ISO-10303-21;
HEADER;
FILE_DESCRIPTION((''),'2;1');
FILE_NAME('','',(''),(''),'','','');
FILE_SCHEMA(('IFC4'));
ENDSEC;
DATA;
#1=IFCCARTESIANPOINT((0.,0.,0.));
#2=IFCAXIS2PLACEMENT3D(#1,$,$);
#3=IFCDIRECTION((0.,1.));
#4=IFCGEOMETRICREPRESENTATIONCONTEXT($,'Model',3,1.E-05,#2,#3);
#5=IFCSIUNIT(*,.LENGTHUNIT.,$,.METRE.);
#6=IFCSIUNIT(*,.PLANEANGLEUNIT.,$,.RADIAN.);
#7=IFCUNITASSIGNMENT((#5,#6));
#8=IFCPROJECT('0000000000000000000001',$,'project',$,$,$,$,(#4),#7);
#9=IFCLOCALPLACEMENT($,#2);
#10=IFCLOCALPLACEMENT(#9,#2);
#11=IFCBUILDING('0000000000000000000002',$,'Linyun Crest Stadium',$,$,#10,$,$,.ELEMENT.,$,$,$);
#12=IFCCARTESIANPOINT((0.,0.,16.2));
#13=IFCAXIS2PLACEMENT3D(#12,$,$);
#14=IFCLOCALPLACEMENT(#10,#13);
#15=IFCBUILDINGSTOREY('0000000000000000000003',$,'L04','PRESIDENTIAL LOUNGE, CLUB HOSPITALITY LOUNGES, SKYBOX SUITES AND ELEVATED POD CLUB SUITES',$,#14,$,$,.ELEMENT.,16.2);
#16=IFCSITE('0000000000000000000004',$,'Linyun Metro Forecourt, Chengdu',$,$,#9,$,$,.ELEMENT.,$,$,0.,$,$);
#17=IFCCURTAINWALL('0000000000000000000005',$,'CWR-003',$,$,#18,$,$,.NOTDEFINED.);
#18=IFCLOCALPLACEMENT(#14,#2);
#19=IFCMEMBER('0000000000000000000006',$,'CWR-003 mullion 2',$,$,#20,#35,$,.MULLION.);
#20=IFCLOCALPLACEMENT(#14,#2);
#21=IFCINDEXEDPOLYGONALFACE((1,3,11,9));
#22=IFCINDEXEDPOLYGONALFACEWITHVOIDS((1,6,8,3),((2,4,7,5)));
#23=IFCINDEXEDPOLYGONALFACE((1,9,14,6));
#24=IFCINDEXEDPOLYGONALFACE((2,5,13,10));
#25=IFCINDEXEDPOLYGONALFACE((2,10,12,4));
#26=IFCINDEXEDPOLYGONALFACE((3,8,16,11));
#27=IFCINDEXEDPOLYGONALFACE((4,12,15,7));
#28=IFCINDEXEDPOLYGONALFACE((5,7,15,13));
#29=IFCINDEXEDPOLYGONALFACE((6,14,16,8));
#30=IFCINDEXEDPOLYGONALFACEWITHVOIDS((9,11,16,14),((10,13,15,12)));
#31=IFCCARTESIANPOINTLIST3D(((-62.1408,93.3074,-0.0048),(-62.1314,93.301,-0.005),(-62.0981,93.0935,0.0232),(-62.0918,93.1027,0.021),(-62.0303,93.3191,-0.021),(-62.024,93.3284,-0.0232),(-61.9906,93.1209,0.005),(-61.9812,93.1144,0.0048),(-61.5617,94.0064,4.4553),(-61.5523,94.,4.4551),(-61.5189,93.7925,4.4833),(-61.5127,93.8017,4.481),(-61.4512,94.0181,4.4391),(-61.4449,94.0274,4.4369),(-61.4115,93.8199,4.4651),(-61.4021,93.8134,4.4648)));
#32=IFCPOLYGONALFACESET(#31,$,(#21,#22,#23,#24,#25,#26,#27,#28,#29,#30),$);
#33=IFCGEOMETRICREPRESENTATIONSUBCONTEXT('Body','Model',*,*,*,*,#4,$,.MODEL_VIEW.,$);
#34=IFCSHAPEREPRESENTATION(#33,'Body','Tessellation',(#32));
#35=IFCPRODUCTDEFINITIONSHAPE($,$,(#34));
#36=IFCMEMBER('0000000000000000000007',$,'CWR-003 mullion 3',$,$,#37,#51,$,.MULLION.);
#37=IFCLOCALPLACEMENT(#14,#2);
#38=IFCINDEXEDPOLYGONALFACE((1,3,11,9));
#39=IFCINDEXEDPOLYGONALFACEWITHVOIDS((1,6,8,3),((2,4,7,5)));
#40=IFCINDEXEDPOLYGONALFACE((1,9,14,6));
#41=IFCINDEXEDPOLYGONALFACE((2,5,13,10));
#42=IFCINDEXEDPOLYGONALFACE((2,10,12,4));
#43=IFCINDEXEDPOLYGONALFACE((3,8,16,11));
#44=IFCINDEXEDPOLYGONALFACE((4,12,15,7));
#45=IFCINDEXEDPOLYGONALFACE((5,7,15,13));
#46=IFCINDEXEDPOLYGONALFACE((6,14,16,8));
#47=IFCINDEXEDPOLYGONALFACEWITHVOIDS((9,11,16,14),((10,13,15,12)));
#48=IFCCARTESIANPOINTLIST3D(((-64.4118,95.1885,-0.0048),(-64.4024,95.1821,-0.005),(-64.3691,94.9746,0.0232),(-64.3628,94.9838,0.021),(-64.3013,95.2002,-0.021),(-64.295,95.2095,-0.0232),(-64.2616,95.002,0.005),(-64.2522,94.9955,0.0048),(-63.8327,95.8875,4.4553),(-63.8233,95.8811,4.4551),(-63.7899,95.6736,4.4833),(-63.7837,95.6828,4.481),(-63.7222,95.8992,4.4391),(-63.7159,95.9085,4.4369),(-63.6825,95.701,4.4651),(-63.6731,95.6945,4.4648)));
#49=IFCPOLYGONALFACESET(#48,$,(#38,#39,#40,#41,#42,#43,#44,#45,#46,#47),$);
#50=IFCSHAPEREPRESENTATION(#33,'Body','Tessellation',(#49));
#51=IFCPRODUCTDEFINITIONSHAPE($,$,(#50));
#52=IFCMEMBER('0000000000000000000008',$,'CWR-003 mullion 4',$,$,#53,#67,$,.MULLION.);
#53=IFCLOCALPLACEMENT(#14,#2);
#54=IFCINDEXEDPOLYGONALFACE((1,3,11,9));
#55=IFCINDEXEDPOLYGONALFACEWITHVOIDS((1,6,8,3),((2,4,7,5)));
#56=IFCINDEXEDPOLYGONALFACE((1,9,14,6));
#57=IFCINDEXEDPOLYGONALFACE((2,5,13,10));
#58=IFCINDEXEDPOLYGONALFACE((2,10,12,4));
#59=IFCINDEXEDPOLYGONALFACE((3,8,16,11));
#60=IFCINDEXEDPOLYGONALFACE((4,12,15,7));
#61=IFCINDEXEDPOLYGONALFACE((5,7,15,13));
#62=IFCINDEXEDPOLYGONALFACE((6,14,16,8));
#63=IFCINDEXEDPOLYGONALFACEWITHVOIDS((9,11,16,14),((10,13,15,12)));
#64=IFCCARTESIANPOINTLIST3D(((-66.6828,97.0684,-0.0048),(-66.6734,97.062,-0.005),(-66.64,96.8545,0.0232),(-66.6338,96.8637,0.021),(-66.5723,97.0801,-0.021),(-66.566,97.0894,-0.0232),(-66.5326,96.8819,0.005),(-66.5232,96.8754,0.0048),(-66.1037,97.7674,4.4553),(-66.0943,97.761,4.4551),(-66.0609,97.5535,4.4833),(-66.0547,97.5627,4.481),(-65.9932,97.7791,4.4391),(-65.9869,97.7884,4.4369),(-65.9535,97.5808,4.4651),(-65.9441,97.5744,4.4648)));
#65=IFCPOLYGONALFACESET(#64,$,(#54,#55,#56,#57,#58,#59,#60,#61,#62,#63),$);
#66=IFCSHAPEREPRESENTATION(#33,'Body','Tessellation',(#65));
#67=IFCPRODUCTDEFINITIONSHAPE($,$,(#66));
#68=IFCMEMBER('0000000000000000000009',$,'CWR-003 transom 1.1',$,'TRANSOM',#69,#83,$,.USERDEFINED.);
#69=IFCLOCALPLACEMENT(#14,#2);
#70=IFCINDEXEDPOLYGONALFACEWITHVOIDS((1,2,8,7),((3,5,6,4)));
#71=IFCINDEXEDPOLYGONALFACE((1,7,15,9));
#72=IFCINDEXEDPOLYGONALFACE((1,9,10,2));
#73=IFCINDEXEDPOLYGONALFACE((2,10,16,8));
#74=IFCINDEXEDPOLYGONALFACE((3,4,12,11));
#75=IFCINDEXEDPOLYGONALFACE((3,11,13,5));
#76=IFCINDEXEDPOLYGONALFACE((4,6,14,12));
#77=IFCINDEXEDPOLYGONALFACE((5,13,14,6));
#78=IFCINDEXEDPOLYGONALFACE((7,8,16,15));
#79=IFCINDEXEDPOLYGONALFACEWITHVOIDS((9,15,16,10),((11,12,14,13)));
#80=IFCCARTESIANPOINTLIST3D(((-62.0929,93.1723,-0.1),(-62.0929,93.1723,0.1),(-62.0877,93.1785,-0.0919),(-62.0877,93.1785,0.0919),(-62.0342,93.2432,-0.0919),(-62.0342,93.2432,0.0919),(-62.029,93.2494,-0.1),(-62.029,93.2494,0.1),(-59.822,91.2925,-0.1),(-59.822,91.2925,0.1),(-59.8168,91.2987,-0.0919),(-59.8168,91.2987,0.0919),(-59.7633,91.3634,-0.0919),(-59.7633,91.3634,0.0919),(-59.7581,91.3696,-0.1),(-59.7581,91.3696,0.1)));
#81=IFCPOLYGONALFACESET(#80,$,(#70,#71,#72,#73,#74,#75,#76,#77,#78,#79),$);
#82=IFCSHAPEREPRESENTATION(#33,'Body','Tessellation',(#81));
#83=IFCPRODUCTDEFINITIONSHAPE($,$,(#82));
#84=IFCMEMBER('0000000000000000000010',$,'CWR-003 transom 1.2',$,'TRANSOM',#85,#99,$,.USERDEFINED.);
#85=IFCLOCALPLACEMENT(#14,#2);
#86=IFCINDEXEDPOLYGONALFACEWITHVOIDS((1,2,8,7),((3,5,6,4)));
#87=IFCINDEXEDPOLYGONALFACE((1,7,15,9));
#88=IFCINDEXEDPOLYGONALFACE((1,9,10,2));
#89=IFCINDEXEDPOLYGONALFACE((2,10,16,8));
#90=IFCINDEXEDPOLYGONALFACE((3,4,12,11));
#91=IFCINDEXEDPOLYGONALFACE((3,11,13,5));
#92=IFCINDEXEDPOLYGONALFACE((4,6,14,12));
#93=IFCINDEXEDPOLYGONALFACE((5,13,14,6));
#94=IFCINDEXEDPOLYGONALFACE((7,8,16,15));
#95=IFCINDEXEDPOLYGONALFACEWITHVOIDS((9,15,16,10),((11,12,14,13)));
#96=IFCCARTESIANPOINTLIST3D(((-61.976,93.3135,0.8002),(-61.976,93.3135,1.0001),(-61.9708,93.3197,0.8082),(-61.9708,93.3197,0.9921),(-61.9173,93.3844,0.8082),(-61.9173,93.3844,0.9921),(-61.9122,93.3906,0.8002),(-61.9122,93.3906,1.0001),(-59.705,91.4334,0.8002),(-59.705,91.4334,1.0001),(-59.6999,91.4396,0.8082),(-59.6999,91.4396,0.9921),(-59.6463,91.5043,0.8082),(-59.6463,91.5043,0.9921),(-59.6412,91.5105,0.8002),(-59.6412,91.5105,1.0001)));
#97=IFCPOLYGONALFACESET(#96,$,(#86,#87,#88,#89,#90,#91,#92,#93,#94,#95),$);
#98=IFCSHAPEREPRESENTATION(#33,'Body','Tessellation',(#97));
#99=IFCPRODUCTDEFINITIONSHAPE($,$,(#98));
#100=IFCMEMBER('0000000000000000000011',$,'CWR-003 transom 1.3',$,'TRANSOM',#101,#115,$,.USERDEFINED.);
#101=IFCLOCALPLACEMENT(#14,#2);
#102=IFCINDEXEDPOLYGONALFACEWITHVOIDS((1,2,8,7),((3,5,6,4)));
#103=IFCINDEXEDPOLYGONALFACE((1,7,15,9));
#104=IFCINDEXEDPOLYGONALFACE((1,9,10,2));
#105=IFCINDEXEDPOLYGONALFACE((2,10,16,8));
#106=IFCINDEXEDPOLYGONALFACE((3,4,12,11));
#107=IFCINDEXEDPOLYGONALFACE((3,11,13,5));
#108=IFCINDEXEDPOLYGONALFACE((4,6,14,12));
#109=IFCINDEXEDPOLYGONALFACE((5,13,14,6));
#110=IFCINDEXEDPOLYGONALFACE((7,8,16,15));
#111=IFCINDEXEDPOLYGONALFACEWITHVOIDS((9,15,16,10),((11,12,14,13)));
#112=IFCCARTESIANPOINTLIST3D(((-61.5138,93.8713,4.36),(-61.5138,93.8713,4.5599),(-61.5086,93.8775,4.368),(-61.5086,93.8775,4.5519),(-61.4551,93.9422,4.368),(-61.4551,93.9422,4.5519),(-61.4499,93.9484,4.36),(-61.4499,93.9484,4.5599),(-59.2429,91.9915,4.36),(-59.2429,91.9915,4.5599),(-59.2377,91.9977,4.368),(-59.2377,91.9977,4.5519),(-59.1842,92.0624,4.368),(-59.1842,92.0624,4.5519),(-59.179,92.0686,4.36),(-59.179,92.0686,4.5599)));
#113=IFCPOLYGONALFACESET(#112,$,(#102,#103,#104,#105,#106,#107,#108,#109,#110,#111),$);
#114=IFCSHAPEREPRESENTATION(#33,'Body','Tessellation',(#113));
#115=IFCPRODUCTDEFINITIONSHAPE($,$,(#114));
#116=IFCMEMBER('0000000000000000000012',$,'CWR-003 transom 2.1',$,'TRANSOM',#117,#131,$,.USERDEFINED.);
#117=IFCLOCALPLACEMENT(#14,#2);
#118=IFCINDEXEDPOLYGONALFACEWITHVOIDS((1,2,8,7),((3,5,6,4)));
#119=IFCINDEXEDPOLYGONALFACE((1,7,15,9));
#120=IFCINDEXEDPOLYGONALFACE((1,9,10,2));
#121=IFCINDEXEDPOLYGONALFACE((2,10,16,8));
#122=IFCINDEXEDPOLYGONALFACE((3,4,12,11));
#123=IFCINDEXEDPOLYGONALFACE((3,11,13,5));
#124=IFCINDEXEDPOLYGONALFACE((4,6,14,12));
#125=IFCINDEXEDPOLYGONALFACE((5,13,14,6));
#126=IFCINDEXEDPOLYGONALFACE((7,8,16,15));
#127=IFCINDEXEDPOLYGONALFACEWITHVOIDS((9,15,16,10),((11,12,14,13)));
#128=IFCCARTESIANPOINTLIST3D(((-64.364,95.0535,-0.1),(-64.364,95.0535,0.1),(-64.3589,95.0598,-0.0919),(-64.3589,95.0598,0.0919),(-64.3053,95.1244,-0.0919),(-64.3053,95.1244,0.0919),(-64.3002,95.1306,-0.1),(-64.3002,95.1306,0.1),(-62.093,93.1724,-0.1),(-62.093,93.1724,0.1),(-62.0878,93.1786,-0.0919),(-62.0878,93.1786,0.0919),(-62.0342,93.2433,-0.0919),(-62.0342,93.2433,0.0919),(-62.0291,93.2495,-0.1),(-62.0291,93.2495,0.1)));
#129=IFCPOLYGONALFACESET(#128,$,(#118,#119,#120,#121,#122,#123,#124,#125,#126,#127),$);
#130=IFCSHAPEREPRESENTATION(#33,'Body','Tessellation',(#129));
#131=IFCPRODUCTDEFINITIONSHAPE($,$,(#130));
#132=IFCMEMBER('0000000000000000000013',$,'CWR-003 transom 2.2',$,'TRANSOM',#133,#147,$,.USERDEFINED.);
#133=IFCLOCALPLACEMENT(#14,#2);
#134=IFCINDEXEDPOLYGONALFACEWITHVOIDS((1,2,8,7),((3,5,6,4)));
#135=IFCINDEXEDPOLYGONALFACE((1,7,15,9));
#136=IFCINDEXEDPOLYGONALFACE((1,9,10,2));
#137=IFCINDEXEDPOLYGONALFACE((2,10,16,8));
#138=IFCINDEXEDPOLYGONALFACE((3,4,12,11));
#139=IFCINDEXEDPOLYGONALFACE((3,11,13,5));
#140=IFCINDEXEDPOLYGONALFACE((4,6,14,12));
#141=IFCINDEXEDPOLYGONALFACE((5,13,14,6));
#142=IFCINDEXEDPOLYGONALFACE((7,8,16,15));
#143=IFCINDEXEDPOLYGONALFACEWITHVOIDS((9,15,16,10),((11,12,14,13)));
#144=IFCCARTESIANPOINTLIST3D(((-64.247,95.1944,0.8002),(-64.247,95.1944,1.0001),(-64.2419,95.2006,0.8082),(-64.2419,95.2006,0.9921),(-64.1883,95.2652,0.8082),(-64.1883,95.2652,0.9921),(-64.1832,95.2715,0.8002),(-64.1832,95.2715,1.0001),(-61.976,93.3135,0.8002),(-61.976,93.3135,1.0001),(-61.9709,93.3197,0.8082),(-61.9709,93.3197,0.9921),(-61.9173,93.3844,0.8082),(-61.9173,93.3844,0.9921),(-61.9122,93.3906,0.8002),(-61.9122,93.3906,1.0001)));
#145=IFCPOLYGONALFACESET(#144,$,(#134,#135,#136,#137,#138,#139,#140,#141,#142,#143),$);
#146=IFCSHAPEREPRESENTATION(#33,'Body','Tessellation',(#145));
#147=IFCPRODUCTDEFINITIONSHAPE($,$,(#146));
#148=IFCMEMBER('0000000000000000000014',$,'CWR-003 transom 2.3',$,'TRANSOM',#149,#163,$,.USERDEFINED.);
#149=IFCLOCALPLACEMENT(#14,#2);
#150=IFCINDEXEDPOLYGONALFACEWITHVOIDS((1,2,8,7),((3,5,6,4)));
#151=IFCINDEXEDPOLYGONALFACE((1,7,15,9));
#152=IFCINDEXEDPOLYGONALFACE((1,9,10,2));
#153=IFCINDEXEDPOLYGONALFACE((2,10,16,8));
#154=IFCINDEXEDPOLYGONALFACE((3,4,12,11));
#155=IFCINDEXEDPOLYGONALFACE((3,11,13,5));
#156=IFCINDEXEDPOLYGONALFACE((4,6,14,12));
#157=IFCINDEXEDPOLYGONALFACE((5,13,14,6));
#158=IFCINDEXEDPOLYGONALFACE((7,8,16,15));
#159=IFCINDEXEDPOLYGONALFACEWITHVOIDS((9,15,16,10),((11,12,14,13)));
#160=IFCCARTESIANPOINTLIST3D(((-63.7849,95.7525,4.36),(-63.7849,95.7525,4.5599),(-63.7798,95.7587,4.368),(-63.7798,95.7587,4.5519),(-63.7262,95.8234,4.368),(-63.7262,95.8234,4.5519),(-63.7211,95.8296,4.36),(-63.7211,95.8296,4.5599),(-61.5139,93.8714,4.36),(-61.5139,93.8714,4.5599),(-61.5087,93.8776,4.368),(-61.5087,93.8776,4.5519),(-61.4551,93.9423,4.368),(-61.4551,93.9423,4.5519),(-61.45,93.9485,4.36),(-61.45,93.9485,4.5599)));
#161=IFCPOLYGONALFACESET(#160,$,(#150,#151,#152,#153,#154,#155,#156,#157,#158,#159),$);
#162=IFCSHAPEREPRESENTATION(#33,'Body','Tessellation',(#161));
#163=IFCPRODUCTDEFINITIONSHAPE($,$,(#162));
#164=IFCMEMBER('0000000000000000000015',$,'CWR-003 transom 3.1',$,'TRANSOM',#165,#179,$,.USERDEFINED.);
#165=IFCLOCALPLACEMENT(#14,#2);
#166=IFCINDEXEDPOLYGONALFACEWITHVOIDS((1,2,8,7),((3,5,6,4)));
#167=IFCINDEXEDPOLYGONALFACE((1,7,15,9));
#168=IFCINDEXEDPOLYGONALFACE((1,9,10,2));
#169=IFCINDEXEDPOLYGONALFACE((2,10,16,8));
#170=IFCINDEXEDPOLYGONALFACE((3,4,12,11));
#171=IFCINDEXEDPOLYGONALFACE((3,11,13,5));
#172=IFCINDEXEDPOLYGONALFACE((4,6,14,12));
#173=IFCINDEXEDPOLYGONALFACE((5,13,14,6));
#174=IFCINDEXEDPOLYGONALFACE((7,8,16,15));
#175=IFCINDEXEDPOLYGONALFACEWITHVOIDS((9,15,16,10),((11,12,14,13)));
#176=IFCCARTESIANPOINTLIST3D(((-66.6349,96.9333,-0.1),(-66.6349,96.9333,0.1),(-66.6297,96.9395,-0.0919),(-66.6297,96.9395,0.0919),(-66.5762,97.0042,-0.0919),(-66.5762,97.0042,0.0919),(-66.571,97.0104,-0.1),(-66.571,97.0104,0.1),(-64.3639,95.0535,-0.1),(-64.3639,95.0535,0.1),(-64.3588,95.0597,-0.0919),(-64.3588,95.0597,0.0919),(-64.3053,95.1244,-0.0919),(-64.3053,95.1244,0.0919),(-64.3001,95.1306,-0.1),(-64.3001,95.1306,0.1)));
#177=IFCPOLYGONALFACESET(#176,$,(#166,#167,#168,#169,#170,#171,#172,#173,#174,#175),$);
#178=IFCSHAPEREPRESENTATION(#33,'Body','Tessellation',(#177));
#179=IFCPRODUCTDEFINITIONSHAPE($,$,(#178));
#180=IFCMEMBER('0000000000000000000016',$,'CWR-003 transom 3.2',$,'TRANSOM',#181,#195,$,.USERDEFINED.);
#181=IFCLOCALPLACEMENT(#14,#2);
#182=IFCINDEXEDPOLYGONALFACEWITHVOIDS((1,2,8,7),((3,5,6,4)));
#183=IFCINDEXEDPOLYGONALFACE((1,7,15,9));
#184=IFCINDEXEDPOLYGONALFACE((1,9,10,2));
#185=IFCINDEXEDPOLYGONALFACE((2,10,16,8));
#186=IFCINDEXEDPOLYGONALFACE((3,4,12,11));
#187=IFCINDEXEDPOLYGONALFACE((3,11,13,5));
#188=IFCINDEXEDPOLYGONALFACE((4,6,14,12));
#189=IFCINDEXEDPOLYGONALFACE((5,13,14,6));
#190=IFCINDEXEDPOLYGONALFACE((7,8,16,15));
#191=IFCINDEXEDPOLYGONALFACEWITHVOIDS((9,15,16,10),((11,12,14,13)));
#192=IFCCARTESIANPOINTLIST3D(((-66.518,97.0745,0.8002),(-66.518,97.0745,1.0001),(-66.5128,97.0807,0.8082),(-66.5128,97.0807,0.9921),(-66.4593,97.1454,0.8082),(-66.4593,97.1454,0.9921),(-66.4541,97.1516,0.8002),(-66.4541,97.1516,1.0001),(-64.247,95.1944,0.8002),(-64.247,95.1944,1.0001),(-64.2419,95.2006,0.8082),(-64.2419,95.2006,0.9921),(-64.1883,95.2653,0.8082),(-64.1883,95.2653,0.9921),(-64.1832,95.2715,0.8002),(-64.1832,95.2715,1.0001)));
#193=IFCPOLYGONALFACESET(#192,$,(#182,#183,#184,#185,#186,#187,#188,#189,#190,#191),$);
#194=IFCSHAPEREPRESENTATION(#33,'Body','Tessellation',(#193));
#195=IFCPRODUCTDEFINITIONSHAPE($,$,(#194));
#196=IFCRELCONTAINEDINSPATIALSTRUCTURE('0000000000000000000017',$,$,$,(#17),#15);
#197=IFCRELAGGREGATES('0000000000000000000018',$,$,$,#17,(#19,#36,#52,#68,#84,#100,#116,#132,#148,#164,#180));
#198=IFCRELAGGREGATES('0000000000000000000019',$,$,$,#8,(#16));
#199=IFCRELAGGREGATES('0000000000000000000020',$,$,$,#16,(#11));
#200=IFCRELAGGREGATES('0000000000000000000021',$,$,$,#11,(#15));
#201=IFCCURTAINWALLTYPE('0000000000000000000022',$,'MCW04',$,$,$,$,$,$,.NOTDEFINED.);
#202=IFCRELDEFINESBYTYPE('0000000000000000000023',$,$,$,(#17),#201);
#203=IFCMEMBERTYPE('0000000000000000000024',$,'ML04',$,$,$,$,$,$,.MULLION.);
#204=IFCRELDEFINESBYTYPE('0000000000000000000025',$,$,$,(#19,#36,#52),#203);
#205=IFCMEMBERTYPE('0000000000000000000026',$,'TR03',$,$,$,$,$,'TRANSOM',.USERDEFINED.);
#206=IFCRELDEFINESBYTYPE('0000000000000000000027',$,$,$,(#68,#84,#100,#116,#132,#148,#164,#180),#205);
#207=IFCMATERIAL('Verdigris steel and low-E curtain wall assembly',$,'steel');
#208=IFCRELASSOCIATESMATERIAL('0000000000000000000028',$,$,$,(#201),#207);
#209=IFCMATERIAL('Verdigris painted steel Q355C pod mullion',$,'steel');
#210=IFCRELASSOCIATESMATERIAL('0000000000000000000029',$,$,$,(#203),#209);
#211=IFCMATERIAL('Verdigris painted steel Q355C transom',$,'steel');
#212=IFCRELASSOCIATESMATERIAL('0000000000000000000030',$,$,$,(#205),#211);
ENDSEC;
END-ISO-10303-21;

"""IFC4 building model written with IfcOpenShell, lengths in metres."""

from ifc_helpers import new_model, si_unit, direction, frame, origin, origin_2d, place, context, subcontext, project, spatial, hollow_rectangle, extrude, material, material_profile, profile_set, type_object, element, aggregate, save


model = new_model("IFC4")

# Units and contexts
model_context = context("Model", 3, precision=1e-05, world=origin(), true_north=direction((0.0, 1.0)))
body_context = subcontext(model_context, "Body", "Model", "MODEL_VIEW")
ifc_project = project(units=[si_unit("LENGTHUNIT", "METRE"), si_unit("PLANEANGLEUNIT", "RADIAN")], contexts=[model_context])

# Site, building, storey
site_placement = place(None, origin())
site = spatial("IfcSite", under=ifc_project, at=site_placement, Name="Linyun Metro Forecourt, Chengdu", CompositionType="ELEMENT", RefElevation=0.0)
building_placement = place(site_placement, origin())
building = spatial("IfcBuilding", under=site, at=building_placement, Name="Linyun Crest Stadium", CompositionType="ELEMENT")
storey_placement = place(building_placement, frame((0.0, 0.0, 16.2)))
storey = spatial("IfcBuildingStorey", under=building, at=storey_placement, Name="L04", Description="PRESIDENTIAL LOUNGE, CLUB HOSPITALITY LOUNGES, SKYBOX SUITES AND ELEVATED POD CLUB SUITES", CompositionType="ELEMENT", Elevation=16.2)

# Shared definitions
ifc_material_1 = material(Name="Verdigris steel and low-E curtain wall assembly", Category="steel")
curtain_wall_type = type_object("IfcCurtainWallType", Name="MCW04", PredefinedType="NOTDEFINED", material=ifc_material_1)
ifc_material_2 = material(Name="Verdigris painted steel Q355C pod mullion", Category="steel")
ifc_material_profile_1 = material_profile(ifc_material_2, hollow_rectangle(XDim=0.1201, YDim=0.22, WallThickness=0.0081, at=origin_2d()), Name="RHS 220x120x8")
ifc_profile_set_1 = profile_set([ifc_material_profile_1], Name="Verdigris painted steel Q355C pod mullion")
member_type_1 = type_object("IfcMemberType", Name="ML04", PredefinedType="MULLION", material=ifc_profile_set_1)

# Curtain wall, members
curtain_wall_1_placement = place(storey_placement, origin())
curtain_wall_1 = element("IfcCurtainWall", 1, at=curtain_wall_1_placement, inside=storey, type_object=curtain_wall_type, Name="CWR-003", PredefinedType="NOTDEFINED")
member_1_placement = place(storey_placement, frame((-62.061, 93.2109, 0.0), z_axis=(0.127236, 0.153574, 0.979911), x_axis=(0.972616, 0.174406, -0.153622)))
member_1 = element("IfcMember", 2, at=member_1_placement, type_object=member_type_1, Name="CWR-003 mullion 2", PredefinedType="MULLION", context=body_context, shape_type="SweptSolid", body=[
    extrude(hollow_rectangle(XDim=0.1201, YDim=0.22, WallThickness=0.0081, at=origin_2d()), origin(), (0.0, 0.0, 1.0), 4.5515),
])
member_2_placement = place(storey_placement, frame((-64.332, 95.092, 0.0), z_axis=(0.127236, 0.153574, 0.979911), x_axis=(0.972616, 0.174406, -0.153622)))
member_2 = element("IfcMember", 3, at=member_2_placement, type_object=member_type_1, Name="CWR-003 mullion 3", PredefinedType="MULLION", context=body_context, shape_type="SweptSolid", body=[
    extrude(hollow_rectangle(XDim=0.1201, YDim=0.22, WallThickness=0.0081, at=origin_2d()), origin(), (0.0, 0.0, 1.0), 4.5515),
])
member_3_placement = place(storey_placement, frame((-66.603, 96.9719, 0.0), z_axis=(0.127236, 0.153574, 0.979911), x_axis=(0.972616, 0.174406, -0.153622)))
member_3 = element("IfcMember", 4, at=member_3_placement, type_object=member_type_1, Name="CWR-003 mullion 4", PredefinedType="MULLION", context=body_context, shape_type="SweptSolid", body=[
    extrude(hollow_rectangle(XDim=0.1201, YDim=0.22, WallThickness=0.0081, at=origin_2d()), origin(), (0.0, 0.0, 1.0), 4.5515),
])
ifc_material_3 = material(Name="Verdigris painted steel Q355C transom", Category="steel")
ifc_material_profile_2 = material_profile(ifc_material_3, hollow_rectangle(XDim=0.1001, YDim=0.2, WallThickness=0.0081, at=origin_2d()), Name="RHS 200x100x8")
ifc_profile_set_2 = profile_set([ifc_material_profile_2], Name="Verdigris painted steel Q355C transom")
member_type_2 = type_object("IfcMemberType", Name="TR03", ElementType="TRANSOM", PredefinedType="USERDEFINED", material=ifc_profile_set_2)
member_4_placement = place(storey_placement, frame((-59.79, 91.3311, 0.0), z_axis=(-0.770321, 0.637656, 0.0), x_axis=(-0.637656, -0.770321, 0.0)))
member_4 = element("IfcMember", 5, at=member_4_placement, type_object=member_type_2, Name="CWR-003 transom 1.1", ObjectType="TRANSOM", PredefinedType="USERDEFINED", context=body_context, shape_type="SweptSolid", body=[
    extrude(hollow_rectangle(XDim=0.1001, YDim=0.2, WallThickness=0.0081, at=origin_2d()), origin(), (0.0, 0.0, 1.0), 2.948),
])
member_5_placement = place(storey_placement, frame((-59.6731, 91.4719, 0.9001), z_axis=(-0.770281, 0.637705, 0.0), x_axis=(-0.637705, -0.770281, 0.0)))
member_5 = element("IfcMember", 6, at=member_5_placement, type_object=member_type_2, Name="CWR-003 transom 1.2", ObjectType="TRANSOM", PredefinedType="USERDEFINED", context=body_context, shape_type="SweptSolid", body=[
    extrude(hollow_rectangle(XDim=0.1001, YDim=0.2, WallThickness=0.0081, at=origin_2d()), origin(), (0.0, 0.0, 1.0), 2.9482),
])
member_6_placement = place(storey_placement, frame((-59.2109, 92.03, 4.46), z_axis=(-0.770321, 0.637656, 0.0), x_axis=(-0.637656, -0.770321, 0.0)))
member_6 = element("IfcMember", 7, at=member_6_placement, type_object=member_type_2, Name="CWR-003 transom 1.3", ObjectType="TRANSOM", PredefinedType="USERDEFINED", context=body_context, shape_type="SweptSolid", body=[
    extrude(hollow_rectangle(XDim=0.1001, YDim=0.2, WallThickness=0.0081, at=origin_2d()), origin(), (0.0, 0.0, 1.0), 2.948),
])
member_7_placement = place(storey_placement, frame((-62.061, 93.2109, 0.0), z_axis=(-0.770118, 0.637901, 0.0), x_axis=(-0.637901, -0.770118, 0.0)))
member_7 = element("IfcMember", 8, at=member_7_placement, type_object=member_type_2, Name="CWR-003 transom 2.1", ObjectType="TRANSOM", PredefinedType="USERDEFINED", context=body_context, shape_type="SweptSolid", body=[
    extrude(hollow_rectangle(XDim=0.1001, YDim=0.2, WallThickness=0.0081, at=origin_2d()), origin(), (0.0, 0.0, 1.0), 2.949),
])
member_8_placement = place(storey_placement, frame((-61.9441, 93.3521, 0.9001), z_axis=(-0.770159, 0.637852, 0.0), x_axis=(-0.637852, -0.770159, 0.0)))
member_8 = element("IfcMember", 9, at=member_8_placement, type_object=member_type_2, Name="CWR-003 transom 2.2", ObjectType="TRANSOM", PredefinedType="USERDEFINED", context=body_context, shape_type="SweptSolid", body=[
    extrude(hollow_rectangle(XDim=0.1001, YDim=0.2, WallThickness=0.0081, at=origin_2d()), origin(), (0.0, 0.0, 1.0), 2.9487),
])
member_9_placement = place(storey_placement, frame((-61.4819, 93.9099, 4.46), z_axis=(-0.770118, 0.637901, 0.0), x_axis=(-0.637901, -0.770118, 0.0)))
member_9 = element("IfcMember", 10, at=member_9_placement, type_object=member_type_2, Name="CWR-003 transom 2.3", ObjectType="TRANSOM", PredefinedType="USERDEFINED", context=body_context, shape_type="SweptSolid", body=[
    extrude(hollow_rectangle(XDim=0.1001, YDim=0.2, WallThickness=0.0081, at=origin_2d()), origin(), (0.0, 0.0, 1.0), 2.949),
])
member_10_placement = place(storey_placement, frame((-64.332, 95.092, 0.0), z_axis=(-0.770321, 0.637656, 0.0), x_axis=(-0.637656, -0.770321, 0.0)))
member_10 = element("IfcMember", 11, at=member_10_placement, type_object=member_type_2, Name="CWR-003 transom 3.1", ObjectType="TRANSOM", PredefinedType="USERDEFINED", context=body_context, shape_type="SweptSolid", body=[
    extrude(hollow_rectangle(XDim=0.1001, YDim=0.2, WallThickness=0.0081, at=origin_2d()), origin(), (0.0, 0.0, 1.0), 2.948),
])
member_11_placement = place(storey_placement, frame((-64.2151, 95.2329, 0.9001), z_axis=(-0.770281, 0.637705, 0.0), x_axis=(-0.637705, -0.770281, 0.0)))
member_11 = element("IfcMember", 12, at=member_11_placement, type_object=member_type_2, Name="CWR-003 transom 3.2", ObjectType="TRANSOM", PredefinedType="USERDEFINED", context=body_context, shape_type="SweptSolid", body=[
    extrude(hollow_rectangle(XDim=0.1001, YDim=0.2, WallThickness=0.0081, at=origin_2d()), origin(), (0.0, 0.0, 1.0), 2.9482),
])

aggregate(curtain_wall_1, [member_1, member_2, member_3, member_4, member_5, member_6, member_7, member_8, member_9, member_10, member_11])

save(model, "model.ifc")
